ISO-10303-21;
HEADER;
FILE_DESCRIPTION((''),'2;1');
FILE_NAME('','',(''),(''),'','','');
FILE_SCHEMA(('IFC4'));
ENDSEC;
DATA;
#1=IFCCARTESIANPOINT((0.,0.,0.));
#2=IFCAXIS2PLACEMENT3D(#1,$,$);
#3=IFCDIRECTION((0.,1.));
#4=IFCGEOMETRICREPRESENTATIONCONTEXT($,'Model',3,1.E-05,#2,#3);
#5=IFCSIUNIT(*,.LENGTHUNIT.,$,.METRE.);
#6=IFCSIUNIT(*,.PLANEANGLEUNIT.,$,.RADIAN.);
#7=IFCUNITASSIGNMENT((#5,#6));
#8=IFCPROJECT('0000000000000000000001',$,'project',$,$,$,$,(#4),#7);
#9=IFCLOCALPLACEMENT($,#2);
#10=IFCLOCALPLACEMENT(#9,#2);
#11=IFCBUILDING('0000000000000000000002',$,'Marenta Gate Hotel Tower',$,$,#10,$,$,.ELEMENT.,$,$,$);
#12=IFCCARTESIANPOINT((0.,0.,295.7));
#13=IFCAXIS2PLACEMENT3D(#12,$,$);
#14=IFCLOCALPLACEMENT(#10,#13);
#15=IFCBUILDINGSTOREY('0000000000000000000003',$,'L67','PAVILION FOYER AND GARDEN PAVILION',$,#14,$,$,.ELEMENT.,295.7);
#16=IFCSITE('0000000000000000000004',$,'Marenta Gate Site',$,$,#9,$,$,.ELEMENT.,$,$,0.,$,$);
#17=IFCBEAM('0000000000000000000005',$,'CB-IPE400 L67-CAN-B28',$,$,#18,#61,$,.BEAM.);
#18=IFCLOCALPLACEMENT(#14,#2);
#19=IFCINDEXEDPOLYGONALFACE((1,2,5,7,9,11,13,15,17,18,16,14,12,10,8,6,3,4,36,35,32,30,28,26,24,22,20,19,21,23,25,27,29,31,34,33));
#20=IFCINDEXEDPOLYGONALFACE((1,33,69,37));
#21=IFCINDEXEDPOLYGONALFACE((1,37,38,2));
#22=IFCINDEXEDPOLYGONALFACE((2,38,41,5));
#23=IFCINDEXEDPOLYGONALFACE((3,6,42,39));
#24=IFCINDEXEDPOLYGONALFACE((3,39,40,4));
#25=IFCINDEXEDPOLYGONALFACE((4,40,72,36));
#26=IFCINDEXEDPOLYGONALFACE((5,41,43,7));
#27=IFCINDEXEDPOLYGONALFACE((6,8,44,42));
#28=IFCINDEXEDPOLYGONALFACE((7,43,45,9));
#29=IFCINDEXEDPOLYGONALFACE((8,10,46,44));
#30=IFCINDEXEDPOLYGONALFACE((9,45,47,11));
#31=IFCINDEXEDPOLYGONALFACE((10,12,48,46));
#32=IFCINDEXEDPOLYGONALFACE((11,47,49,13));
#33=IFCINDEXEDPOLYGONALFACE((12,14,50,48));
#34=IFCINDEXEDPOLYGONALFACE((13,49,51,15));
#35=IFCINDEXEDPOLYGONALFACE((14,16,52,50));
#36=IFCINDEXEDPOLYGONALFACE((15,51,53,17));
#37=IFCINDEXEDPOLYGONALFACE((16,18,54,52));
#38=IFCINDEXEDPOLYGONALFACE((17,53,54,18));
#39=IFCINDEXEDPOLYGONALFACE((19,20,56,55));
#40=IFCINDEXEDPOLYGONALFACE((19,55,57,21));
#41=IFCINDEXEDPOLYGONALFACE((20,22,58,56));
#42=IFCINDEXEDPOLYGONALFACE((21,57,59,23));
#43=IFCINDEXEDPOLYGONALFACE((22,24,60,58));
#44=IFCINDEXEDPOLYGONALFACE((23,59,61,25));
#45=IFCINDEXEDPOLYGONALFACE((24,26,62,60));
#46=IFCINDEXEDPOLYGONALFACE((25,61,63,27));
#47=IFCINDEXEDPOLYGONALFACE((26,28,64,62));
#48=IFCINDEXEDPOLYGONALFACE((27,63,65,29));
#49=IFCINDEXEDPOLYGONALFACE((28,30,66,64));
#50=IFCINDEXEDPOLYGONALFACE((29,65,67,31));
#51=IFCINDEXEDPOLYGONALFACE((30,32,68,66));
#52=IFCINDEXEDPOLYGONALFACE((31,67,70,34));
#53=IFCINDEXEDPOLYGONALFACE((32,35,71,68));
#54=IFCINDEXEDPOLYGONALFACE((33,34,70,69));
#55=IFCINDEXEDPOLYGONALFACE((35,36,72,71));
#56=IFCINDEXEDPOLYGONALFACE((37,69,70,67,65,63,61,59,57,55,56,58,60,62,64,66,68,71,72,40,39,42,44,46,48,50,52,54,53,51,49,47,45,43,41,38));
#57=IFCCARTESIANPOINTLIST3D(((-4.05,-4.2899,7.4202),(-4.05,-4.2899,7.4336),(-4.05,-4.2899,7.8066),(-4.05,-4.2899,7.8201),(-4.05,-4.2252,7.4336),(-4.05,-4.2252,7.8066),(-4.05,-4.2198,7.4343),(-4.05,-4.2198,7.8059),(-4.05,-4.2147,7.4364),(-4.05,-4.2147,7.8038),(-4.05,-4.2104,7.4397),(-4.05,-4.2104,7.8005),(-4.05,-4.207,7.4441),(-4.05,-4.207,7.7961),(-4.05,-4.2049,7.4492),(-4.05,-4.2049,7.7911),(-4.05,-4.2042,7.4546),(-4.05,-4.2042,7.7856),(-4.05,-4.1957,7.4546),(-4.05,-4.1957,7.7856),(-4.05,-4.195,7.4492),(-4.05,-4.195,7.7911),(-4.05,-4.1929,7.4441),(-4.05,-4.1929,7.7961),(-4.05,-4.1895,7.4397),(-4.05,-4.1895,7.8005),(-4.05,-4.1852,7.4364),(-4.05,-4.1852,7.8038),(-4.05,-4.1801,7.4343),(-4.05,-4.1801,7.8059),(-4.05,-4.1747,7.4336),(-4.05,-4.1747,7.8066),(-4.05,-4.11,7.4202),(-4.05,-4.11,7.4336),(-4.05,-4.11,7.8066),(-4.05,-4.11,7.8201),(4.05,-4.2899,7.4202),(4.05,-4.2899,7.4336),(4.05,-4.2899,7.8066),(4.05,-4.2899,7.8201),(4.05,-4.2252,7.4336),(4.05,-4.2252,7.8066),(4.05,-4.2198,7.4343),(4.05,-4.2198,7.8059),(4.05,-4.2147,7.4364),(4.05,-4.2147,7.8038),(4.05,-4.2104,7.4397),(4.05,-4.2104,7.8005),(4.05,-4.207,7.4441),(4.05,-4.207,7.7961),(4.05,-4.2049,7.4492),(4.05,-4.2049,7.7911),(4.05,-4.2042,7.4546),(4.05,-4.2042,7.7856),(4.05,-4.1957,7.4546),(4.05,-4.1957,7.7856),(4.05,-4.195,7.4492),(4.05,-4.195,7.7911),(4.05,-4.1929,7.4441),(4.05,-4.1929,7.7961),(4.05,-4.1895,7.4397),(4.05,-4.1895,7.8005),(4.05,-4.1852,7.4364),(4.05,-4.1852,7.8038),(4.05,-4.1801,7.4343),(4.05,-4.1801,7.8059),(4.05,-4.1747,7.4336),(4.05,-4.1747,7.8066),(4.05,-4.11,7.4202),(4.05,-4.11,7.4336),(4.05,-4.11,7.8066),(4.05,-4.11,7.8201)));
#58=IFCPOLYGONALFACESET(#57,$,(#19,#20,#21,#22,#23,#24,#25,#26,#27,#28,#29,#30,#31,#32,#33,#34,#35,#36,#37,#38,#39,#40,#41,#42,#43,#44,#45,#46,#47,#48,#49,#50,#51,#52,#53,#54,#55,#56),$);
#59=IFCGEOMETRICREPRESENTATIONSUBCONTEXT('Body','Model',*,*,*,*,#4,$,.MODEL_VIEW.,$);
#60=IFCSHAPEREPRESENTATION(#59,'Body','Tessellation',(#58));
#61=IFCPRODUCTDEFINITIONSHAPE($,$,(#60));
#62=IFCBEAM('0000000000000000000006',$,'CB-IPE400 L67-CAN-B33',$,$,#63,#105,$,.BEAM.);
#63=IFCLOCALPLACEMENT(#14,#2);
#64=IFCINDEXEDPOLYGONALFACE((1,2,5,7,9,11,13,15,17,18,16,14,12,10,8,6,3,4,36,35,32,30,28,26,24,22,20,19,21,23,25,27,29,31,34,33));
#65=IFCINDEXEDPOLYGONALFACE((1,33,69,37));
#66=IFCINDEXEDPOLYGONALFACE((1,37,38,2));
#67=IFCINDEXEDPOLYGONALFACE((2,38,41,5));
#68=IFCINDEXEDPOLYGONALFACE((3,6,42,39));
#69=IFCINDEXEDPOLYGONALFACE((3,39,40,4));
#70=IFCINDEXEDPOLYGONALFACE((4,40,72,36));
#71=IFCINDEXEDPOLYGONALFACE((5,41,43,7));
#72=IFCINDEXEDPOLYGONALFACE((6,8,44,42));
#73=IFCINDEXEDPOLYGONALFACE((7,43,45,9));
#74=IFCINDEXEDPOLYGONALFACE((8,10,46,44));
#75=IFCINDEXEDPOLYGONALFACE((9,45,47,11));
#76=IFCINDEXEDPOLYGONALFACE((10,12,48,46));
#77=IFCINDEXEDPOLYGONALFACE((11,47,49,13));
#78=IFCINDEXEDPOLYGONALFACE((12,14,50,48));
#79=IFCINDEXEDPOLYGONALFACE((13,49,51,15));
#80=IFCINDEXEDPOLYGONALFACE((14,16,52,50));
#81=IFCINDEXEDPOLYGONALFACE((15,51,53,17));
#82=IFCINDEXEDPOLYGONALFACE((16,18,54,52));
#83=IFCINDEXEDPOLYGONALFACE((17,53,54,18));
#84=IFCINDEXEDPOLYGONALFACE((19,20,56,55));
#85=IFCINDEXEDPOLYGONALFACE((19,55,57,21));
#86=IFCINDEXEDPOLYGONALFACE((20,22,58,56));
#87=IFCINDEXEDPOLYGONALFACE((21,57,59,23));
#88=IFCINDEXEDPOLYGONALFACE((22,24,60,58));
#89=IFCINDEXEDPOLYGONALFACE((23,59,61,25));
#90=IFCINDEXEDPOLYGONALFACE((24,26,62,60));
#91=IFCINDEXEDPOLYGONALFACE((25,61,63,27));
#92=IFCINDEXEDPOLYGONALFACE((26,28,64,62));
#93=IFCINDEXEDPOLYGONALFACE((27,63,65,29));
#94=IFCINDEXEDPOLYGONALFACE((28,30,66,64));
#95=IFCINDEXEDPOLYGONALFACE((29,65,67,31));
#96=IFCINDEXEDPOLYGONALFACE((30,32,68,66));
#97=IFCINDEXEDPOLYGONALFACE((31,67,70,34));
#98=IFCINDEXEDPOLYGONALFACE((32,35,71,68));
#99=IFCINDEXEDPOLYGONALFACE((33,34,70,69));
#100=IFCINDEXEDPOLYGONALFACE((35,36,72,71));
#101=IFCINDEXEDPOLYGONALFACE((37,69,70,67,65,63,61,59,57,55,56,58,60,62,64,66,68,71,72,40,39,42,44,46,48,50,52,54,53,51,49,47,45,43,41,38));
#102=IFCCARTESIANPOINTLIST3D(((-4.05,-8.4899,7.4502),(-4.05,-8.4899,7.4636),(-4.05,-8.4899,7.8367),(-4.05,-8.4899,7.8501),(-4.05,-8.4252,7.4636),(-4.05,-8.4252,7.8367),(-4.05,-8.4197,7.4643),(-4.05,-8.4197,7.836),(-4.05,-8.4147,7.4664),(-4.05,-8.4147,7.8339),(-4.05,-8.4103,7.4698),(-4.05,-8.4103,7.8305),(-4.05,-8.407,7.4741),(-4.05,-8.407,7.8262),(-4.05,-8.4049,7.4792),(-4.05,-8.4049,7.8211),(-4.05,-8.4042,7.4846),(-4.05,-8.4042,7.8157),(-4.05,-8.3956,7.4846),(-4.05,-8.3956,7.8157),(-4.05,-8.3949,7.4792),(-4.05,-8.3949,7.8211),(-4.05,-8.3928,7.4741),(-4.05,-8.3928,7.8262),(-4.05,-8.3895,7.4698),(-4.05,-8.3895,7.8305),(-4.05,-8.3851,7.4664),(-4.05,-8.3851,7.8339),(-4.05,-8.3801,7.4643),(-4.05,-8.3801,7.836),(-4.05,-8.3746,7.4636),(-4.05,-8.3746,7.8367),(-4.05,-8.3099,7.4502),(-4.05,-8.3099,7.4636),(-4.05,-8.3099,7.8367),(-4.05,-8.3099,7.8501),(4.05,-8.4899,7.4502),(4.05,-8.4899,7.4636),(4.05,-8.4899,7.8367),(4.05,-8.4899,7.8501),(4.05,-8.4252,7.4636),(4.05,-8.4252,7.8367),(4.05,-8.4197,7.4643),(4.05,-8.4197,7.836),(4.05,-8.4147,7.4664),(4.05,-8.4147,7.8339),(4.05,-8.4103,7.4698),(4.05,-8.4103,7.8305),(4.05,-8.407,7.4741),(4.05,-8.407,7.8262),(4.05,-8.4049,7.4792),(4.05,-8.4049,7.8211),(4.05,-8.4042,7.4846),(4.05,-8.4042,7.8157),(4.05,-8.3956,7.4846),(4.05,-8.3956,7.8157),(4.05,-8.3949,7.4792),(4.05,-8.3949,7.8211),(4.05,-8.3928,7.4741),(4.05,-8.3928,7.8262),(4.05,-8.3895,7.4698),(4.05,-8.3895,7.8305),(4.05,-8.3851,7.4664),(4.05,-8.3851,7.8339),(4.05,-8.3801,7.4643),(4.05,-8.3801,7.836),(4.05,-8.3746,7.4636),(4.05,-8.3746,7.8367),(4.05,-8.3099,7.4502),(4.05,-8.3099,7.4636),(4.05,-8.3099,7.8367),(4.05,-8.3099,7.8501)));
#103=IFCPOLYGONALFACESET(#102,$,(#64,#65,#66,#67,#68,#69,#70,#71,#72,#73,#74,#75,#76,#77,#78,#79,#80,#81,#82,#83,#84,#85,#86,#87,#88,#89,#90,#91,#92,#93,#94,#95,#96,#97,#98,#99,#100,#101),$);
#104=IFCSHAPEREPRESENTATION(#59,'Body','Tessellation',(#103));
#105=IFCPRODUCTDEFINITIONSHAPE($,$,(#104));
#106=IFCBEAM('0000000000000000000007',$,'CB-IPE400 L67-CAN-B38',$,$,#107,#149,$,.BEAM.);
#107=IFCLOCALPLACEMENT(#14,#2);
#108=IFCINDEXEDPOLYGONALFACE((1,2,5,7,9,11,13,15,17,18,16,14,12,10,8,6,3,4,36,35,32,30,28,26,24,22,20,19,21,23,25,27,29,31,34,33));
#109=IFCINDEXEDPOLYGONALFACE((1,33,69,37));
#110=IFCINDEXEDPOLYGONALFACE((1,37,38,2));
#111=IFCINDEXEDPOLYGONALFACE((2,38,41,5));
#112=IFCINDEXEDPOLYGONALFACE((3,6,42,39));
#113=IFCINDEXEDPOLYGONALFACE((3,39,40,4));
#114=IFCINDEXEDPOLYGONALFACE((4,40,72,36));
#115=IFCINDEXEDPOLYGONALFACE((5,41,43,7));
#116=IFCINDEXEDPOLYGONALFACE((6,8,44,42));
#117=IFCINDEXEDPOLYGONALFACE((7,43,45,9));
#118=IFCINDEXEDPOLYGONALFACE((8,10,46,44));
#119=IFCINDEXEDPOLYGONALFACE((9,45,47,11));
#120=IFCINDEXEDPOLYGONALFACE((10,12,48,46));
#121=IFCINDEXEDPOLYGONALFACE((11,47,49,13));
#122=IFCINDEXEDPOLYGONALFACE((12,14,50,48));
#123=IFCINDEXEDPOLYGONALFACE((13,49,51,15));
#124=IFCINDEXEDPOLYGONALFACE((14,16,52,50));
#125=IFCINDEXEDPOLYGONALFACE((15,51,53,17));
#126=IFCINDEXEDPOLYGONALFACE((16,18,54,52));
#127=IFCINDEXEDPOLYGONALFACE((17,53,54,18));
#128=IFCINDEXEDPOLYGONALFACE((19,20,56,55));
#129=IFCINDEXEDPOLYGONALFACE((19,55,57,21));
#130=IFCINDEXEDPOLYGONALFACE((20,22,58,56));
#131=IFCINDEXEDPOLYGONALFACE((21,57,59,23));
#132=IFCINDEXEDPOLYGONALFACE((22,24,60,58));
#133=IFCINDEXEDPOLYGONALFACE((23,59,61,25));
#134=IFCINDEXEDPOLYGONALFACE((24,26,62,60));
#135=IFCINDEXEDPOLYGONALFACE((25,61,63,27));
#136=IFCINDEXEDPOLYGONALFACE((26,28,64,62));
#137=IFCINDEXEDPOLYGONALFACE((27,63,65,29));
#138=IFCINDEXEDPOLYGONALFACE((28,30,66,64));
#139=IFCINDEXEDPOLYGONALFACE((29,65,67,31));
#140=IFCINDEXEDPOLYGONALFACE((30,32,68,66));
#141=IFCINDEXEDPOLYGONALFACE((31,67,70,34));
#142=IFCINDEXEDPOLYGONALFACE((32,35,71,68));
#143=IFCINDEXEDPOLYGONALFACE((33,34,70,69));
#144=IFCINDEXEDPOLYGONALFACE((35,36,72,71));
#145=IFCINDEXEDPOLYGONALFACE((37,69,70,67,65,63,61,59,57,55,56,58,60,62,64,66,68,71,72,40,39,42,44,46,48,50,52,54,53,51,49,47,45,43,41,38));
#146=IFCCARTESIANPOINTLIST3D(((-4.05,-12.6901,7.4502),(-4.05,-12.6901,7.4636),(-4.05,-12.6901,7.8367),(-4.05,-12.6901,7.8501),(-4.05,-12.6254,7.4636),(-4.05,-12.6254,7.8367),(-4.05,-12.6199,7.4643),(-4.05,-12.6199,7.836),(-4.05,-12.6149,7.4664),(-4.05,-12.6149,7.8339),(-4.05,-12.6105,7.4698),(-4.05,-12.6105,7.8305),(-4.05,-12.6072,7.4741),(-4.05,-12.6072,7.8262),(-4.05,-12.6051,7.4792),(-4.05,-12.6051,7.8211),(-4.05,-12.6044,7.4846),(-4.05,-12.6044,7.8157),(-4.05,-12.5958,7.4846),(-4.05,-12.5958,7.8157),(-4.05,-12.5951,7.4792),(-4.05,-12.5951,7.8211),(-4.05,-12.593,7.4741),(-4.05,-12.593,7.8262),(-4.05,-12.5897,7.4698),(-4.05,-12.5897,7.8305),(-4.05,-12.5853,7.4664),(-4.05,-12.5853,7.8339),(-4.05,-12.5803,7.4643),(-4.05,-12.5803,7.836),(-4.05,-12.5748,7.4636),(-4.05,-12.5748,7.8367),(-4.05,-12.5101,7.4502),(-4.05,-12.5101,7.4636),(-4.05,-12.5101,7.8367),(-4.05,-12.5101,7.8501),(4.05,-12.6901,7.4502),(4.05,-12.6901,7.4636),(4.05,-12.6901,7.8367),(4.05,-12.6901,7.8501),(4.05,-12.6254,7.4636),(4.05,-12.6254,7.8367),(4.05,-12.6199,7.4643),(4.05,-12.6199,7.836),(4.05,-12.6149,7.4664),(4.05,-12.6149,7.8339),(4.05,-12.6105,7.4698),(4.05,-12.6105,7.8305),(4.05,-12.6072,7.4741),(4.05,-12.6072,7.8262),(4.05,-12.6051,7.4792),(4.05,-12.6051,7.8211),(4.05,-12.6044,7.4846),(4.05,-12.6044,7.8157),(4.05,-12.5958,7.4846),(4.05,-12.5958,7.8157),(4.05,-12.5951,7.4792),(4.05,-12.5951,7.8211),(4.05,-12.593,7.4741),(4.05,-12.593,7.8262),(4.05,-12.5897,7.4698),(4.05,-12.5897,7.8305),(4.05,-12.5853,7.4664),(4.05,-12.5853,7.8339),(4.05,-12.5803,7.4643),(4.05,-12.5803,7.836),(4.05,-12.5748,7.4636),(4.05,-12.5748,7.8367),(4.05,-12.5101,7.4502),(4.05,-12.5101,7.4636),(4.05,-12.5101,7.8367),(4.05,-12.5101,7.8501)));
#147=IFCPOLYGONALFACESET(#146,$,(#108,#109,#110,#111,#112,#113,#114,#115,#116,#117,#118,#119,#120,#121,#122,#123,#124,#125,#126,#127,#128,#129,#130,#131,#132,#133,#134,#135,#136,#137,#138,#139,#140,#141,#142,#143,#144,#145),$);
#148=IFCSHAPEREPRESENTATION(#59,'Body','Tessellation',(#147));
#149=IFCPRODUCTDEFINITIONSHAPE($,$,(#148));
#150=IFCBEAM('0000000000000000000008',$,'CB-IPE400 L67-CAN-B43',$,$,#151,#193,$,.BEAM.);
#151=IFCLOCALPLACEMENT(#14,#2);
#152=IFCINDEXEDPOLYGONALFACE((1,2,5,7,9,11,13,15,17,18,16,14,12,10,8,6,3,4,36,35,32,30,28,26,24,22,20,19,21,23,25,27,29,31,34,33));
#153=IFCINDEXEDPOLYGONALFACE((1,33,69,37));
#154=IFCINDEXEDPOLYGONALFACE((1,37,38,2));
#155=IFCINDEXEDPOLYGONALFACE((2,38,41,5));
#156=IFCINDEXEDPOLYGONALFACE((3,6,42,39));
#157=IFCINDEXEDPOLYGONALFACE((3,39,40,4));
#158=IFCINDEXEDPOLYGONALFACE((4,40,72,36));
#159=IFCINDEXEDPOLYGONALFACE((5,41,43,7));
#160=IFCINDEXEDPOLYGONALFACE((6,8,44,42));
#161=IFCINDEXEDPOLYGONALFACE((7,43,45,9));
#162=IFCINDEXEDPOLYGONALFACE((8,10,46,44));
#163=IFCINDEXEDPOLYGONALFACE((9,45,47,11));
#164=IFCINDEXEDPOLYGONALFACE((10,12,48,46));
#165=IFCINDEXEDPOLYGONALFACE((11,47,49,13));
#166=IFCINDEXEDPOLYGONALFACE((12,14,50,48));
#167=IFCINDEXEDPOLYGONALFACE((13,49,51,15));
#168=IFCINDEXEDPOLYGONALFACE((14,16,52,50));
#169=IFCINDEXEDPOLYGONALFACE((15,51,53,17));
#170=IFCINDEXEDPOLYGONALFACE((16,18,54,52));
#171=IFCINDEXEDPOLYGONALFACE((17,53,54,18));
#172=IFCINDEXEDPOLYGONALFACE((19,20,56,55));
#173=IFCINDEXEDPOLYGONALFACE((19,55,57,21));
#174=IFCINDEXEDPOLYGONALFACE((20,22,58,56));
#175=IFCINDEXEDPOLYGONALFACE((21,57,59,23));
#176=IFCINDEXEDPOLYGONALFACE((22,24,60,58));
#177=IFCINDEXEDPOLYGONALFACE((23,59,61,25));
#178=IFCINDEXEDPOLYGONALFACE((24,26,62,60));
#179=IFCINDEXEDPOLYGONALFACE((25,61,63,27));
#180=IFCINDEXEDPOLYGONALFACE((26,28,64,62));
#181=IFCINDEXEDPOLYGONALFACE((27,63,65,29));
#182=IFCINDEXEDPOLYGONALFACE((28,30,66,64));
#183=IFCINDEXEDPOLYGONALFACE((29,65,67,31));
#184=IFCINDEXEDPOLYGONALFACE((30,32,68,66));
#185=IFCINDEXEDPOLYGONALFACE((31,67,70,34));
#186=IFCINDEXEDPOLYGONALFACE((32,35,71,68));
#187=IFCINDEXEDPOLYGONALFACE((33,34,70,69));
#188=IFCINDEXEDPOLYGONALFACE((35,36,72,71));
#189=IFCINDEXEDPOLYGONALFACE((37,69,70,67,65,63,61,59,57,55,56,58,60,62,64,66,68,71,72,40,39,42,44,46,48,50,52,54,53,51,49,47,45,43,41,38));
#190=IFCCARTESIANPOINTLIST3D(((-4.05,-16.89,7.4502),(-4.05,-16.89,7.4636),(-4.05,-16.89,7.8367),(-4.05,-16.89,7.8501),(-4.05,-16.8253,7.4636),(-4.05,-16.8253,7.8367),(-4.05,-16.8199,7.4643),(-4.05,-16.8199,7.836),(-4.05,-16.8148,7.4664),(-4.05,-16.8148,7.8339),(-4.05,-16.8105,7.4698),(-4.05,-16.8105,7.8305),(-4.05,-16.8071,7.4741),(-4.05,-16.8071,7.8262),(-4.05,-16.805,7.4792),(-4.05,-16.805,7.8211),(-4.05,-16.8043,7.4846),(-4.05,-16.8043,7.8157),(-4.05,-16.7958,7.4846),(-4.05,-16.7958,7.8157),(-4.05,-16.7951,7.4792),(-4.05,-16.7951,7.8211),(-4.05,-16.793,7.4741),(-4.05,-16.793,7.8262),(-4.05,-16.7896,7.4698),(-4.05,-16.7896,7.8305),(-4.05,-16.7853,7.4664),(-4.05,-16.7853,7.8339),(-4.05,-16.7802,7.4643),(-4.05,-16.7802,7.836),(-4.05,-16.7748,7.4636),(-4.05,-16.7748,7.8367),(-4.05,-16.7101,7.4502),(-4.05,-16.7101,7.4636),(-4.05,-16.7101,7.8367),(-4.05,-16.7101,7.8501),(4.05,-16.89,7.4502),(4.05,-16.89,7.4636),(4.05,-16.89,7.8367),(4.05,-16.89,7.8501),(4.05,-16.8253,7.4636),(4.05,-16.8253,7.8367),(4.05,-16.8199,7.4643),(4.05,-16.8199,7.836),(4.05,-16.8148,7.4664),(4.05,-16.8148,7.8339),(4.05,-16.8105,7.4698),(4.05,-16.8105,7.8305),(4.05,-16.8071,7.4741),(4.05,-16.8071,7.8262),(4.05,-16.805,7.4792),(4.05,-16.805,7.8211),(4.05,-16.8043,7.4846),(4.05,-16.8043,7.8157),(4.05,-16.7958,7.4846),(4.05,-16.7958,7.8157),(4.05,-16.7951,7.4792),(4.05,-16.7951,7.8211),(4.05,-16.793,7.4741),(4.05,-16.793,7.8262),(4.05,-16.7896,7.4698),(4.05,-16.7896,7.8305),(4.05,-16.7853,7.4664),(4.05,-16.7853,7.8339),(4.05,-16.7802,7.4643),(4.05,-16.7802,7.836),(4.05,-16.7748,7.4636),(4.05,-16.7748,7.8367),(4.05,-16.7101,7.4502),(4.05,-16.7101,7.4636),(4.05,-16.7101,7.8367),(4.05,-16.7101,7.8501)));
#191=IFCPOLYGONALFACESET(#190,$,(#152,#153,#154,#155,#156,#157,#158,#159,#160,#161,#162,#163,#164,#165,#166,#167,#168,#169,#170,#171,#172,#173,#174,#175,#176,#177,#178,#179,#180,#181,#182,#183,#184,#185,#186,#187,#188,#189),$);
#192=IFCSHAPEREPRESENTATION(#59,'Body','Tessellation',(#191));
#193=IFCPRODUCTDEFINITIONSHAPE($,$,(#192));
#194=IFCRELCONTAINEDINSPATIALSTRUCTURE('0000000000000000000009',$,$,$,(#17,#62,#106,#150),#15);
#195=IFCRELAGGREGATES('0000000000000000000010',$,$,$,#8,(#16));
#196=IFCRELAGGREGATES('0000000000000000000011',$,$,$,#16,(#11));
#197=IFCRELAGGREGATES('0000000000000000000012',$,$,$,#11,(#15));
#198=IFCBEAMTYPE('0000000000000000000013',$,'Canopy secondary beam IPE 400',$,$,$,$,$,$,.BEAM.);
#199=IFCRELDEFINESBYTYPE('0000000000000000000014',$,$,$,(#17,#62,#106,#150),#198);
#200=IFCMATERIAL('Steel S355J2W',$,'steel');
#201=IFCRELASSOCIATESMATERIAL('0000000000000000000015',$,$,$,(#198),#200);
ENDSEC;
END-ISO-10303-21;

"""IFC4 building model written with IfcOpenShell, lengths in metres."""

from ifc_helpers import new_model, si_unit, direction, frame, origin, origin_2d, place, context, subcontext, project, spatial, i_section, extrude, material, material_profile, profile_set, type_object, element, save


model = new_model("IFC4")

# Units and contexts
model_context = context("Model", 3, precision=1e-05, world=origin(), true_north=direction((0.0, 1.0)))
body_context = subcontext(model_context, "Body", "Model", "MODEL_VIEW")
ifc_project = project(units=[si_unit("LENGTHUNIT", "METRE"), si_unit("PLANEANGLEUNIT", "RADIAN")], contexts=[model_context])

# Site, building, storey
site_placement = place(None, origin())
site = spatial("IfcSite", under=ifc_project, at=site_placement, Name="Marenta Gate Site", CompositionType="ELEMENT", RefElevation=0.0)
building_placement = place(site_placement, origin())
building = spatial("IfcBuilding", under=site, at=building_placement, Name="Marenta Gate Hotel Tower", CompositionType="ELEMENT")
storey_placement = place(building_placement, frame((0.0, 0.0, 295.7)))
storey = spatial("IfcBuildingStorey", under=building, at=storey_placement, Name="L67", Description="PAVILION FOYER AND GARDEN PAVILION", CompositionType="ELEMENT", Elevation=295.7)

# Beams
ifc_material_1 = material(Name="Steel S355J2W", Category="steel")
ifc_material_profile_1 = material_profile(ifc_material_1, i_section(OverallWidth=0.1799, OverallDepth=0.3999, WebThickness=0.0085, FlangeThickness=0.0134, FilletRadius=0.021, at=origin_2d()), Name="IPE 400")
ifc_profile_set_1 = profile_set([ifc_material_profile_1], Name="Steel S355J2W")
beam_type_1 = type_object("IfcBeamType", Name="Canopy secondary beam IPE 400", PredefinedType="BEAM", material=ifc_profile_set_1)
for number, where, z_axis, x_axis, name in (
    (1, (-4.05, -4.2, 7.6201), (1.0, 0.0, 0.0), (0.0, 1.0, 0.0), "CB-IPE400 L67-CAN-B28"),
    (2, (-4.05, -8.3999, 7.6501), (1.0, 0.0, 0.0), (0.0, 1.0, 0.0), "CB-IPE400 L67-CAN-B33"),
    (3, (-4.05, -12.6001, 7.6501), (1.0, 0.0, 0.0), (0.0, 1.0, 0.0), "CB-IPE400 L67-CAN-B38"),
    (4, (-4.05, -16.8, 7.6501), (1.0, 0.0, 0.0), (0.0, 1.0, 0.0), "CB-IPE400 L67-CAN-B43"),
):
    element("IfcBeam", number, at=place(storey_placement, frame(where, z_axis=z_axis, x_axis=x_axis)), inside=storey, type_object=beam_type_1, Name=name, PredefinedType="BEAM", context=body_context, shape_type="SweptSolid", body=[
        extrude(i_section(OverallWidth=0.1799, OverallDepth=0.3999, WebThickness=0.0085, FlangeThickness=0.0134, FilletRadius=0.021, at=origin_2d()), origin(), (0.0, 0.0, 1.0), 8.1001),
    ])

save(model, "model.ifc")
